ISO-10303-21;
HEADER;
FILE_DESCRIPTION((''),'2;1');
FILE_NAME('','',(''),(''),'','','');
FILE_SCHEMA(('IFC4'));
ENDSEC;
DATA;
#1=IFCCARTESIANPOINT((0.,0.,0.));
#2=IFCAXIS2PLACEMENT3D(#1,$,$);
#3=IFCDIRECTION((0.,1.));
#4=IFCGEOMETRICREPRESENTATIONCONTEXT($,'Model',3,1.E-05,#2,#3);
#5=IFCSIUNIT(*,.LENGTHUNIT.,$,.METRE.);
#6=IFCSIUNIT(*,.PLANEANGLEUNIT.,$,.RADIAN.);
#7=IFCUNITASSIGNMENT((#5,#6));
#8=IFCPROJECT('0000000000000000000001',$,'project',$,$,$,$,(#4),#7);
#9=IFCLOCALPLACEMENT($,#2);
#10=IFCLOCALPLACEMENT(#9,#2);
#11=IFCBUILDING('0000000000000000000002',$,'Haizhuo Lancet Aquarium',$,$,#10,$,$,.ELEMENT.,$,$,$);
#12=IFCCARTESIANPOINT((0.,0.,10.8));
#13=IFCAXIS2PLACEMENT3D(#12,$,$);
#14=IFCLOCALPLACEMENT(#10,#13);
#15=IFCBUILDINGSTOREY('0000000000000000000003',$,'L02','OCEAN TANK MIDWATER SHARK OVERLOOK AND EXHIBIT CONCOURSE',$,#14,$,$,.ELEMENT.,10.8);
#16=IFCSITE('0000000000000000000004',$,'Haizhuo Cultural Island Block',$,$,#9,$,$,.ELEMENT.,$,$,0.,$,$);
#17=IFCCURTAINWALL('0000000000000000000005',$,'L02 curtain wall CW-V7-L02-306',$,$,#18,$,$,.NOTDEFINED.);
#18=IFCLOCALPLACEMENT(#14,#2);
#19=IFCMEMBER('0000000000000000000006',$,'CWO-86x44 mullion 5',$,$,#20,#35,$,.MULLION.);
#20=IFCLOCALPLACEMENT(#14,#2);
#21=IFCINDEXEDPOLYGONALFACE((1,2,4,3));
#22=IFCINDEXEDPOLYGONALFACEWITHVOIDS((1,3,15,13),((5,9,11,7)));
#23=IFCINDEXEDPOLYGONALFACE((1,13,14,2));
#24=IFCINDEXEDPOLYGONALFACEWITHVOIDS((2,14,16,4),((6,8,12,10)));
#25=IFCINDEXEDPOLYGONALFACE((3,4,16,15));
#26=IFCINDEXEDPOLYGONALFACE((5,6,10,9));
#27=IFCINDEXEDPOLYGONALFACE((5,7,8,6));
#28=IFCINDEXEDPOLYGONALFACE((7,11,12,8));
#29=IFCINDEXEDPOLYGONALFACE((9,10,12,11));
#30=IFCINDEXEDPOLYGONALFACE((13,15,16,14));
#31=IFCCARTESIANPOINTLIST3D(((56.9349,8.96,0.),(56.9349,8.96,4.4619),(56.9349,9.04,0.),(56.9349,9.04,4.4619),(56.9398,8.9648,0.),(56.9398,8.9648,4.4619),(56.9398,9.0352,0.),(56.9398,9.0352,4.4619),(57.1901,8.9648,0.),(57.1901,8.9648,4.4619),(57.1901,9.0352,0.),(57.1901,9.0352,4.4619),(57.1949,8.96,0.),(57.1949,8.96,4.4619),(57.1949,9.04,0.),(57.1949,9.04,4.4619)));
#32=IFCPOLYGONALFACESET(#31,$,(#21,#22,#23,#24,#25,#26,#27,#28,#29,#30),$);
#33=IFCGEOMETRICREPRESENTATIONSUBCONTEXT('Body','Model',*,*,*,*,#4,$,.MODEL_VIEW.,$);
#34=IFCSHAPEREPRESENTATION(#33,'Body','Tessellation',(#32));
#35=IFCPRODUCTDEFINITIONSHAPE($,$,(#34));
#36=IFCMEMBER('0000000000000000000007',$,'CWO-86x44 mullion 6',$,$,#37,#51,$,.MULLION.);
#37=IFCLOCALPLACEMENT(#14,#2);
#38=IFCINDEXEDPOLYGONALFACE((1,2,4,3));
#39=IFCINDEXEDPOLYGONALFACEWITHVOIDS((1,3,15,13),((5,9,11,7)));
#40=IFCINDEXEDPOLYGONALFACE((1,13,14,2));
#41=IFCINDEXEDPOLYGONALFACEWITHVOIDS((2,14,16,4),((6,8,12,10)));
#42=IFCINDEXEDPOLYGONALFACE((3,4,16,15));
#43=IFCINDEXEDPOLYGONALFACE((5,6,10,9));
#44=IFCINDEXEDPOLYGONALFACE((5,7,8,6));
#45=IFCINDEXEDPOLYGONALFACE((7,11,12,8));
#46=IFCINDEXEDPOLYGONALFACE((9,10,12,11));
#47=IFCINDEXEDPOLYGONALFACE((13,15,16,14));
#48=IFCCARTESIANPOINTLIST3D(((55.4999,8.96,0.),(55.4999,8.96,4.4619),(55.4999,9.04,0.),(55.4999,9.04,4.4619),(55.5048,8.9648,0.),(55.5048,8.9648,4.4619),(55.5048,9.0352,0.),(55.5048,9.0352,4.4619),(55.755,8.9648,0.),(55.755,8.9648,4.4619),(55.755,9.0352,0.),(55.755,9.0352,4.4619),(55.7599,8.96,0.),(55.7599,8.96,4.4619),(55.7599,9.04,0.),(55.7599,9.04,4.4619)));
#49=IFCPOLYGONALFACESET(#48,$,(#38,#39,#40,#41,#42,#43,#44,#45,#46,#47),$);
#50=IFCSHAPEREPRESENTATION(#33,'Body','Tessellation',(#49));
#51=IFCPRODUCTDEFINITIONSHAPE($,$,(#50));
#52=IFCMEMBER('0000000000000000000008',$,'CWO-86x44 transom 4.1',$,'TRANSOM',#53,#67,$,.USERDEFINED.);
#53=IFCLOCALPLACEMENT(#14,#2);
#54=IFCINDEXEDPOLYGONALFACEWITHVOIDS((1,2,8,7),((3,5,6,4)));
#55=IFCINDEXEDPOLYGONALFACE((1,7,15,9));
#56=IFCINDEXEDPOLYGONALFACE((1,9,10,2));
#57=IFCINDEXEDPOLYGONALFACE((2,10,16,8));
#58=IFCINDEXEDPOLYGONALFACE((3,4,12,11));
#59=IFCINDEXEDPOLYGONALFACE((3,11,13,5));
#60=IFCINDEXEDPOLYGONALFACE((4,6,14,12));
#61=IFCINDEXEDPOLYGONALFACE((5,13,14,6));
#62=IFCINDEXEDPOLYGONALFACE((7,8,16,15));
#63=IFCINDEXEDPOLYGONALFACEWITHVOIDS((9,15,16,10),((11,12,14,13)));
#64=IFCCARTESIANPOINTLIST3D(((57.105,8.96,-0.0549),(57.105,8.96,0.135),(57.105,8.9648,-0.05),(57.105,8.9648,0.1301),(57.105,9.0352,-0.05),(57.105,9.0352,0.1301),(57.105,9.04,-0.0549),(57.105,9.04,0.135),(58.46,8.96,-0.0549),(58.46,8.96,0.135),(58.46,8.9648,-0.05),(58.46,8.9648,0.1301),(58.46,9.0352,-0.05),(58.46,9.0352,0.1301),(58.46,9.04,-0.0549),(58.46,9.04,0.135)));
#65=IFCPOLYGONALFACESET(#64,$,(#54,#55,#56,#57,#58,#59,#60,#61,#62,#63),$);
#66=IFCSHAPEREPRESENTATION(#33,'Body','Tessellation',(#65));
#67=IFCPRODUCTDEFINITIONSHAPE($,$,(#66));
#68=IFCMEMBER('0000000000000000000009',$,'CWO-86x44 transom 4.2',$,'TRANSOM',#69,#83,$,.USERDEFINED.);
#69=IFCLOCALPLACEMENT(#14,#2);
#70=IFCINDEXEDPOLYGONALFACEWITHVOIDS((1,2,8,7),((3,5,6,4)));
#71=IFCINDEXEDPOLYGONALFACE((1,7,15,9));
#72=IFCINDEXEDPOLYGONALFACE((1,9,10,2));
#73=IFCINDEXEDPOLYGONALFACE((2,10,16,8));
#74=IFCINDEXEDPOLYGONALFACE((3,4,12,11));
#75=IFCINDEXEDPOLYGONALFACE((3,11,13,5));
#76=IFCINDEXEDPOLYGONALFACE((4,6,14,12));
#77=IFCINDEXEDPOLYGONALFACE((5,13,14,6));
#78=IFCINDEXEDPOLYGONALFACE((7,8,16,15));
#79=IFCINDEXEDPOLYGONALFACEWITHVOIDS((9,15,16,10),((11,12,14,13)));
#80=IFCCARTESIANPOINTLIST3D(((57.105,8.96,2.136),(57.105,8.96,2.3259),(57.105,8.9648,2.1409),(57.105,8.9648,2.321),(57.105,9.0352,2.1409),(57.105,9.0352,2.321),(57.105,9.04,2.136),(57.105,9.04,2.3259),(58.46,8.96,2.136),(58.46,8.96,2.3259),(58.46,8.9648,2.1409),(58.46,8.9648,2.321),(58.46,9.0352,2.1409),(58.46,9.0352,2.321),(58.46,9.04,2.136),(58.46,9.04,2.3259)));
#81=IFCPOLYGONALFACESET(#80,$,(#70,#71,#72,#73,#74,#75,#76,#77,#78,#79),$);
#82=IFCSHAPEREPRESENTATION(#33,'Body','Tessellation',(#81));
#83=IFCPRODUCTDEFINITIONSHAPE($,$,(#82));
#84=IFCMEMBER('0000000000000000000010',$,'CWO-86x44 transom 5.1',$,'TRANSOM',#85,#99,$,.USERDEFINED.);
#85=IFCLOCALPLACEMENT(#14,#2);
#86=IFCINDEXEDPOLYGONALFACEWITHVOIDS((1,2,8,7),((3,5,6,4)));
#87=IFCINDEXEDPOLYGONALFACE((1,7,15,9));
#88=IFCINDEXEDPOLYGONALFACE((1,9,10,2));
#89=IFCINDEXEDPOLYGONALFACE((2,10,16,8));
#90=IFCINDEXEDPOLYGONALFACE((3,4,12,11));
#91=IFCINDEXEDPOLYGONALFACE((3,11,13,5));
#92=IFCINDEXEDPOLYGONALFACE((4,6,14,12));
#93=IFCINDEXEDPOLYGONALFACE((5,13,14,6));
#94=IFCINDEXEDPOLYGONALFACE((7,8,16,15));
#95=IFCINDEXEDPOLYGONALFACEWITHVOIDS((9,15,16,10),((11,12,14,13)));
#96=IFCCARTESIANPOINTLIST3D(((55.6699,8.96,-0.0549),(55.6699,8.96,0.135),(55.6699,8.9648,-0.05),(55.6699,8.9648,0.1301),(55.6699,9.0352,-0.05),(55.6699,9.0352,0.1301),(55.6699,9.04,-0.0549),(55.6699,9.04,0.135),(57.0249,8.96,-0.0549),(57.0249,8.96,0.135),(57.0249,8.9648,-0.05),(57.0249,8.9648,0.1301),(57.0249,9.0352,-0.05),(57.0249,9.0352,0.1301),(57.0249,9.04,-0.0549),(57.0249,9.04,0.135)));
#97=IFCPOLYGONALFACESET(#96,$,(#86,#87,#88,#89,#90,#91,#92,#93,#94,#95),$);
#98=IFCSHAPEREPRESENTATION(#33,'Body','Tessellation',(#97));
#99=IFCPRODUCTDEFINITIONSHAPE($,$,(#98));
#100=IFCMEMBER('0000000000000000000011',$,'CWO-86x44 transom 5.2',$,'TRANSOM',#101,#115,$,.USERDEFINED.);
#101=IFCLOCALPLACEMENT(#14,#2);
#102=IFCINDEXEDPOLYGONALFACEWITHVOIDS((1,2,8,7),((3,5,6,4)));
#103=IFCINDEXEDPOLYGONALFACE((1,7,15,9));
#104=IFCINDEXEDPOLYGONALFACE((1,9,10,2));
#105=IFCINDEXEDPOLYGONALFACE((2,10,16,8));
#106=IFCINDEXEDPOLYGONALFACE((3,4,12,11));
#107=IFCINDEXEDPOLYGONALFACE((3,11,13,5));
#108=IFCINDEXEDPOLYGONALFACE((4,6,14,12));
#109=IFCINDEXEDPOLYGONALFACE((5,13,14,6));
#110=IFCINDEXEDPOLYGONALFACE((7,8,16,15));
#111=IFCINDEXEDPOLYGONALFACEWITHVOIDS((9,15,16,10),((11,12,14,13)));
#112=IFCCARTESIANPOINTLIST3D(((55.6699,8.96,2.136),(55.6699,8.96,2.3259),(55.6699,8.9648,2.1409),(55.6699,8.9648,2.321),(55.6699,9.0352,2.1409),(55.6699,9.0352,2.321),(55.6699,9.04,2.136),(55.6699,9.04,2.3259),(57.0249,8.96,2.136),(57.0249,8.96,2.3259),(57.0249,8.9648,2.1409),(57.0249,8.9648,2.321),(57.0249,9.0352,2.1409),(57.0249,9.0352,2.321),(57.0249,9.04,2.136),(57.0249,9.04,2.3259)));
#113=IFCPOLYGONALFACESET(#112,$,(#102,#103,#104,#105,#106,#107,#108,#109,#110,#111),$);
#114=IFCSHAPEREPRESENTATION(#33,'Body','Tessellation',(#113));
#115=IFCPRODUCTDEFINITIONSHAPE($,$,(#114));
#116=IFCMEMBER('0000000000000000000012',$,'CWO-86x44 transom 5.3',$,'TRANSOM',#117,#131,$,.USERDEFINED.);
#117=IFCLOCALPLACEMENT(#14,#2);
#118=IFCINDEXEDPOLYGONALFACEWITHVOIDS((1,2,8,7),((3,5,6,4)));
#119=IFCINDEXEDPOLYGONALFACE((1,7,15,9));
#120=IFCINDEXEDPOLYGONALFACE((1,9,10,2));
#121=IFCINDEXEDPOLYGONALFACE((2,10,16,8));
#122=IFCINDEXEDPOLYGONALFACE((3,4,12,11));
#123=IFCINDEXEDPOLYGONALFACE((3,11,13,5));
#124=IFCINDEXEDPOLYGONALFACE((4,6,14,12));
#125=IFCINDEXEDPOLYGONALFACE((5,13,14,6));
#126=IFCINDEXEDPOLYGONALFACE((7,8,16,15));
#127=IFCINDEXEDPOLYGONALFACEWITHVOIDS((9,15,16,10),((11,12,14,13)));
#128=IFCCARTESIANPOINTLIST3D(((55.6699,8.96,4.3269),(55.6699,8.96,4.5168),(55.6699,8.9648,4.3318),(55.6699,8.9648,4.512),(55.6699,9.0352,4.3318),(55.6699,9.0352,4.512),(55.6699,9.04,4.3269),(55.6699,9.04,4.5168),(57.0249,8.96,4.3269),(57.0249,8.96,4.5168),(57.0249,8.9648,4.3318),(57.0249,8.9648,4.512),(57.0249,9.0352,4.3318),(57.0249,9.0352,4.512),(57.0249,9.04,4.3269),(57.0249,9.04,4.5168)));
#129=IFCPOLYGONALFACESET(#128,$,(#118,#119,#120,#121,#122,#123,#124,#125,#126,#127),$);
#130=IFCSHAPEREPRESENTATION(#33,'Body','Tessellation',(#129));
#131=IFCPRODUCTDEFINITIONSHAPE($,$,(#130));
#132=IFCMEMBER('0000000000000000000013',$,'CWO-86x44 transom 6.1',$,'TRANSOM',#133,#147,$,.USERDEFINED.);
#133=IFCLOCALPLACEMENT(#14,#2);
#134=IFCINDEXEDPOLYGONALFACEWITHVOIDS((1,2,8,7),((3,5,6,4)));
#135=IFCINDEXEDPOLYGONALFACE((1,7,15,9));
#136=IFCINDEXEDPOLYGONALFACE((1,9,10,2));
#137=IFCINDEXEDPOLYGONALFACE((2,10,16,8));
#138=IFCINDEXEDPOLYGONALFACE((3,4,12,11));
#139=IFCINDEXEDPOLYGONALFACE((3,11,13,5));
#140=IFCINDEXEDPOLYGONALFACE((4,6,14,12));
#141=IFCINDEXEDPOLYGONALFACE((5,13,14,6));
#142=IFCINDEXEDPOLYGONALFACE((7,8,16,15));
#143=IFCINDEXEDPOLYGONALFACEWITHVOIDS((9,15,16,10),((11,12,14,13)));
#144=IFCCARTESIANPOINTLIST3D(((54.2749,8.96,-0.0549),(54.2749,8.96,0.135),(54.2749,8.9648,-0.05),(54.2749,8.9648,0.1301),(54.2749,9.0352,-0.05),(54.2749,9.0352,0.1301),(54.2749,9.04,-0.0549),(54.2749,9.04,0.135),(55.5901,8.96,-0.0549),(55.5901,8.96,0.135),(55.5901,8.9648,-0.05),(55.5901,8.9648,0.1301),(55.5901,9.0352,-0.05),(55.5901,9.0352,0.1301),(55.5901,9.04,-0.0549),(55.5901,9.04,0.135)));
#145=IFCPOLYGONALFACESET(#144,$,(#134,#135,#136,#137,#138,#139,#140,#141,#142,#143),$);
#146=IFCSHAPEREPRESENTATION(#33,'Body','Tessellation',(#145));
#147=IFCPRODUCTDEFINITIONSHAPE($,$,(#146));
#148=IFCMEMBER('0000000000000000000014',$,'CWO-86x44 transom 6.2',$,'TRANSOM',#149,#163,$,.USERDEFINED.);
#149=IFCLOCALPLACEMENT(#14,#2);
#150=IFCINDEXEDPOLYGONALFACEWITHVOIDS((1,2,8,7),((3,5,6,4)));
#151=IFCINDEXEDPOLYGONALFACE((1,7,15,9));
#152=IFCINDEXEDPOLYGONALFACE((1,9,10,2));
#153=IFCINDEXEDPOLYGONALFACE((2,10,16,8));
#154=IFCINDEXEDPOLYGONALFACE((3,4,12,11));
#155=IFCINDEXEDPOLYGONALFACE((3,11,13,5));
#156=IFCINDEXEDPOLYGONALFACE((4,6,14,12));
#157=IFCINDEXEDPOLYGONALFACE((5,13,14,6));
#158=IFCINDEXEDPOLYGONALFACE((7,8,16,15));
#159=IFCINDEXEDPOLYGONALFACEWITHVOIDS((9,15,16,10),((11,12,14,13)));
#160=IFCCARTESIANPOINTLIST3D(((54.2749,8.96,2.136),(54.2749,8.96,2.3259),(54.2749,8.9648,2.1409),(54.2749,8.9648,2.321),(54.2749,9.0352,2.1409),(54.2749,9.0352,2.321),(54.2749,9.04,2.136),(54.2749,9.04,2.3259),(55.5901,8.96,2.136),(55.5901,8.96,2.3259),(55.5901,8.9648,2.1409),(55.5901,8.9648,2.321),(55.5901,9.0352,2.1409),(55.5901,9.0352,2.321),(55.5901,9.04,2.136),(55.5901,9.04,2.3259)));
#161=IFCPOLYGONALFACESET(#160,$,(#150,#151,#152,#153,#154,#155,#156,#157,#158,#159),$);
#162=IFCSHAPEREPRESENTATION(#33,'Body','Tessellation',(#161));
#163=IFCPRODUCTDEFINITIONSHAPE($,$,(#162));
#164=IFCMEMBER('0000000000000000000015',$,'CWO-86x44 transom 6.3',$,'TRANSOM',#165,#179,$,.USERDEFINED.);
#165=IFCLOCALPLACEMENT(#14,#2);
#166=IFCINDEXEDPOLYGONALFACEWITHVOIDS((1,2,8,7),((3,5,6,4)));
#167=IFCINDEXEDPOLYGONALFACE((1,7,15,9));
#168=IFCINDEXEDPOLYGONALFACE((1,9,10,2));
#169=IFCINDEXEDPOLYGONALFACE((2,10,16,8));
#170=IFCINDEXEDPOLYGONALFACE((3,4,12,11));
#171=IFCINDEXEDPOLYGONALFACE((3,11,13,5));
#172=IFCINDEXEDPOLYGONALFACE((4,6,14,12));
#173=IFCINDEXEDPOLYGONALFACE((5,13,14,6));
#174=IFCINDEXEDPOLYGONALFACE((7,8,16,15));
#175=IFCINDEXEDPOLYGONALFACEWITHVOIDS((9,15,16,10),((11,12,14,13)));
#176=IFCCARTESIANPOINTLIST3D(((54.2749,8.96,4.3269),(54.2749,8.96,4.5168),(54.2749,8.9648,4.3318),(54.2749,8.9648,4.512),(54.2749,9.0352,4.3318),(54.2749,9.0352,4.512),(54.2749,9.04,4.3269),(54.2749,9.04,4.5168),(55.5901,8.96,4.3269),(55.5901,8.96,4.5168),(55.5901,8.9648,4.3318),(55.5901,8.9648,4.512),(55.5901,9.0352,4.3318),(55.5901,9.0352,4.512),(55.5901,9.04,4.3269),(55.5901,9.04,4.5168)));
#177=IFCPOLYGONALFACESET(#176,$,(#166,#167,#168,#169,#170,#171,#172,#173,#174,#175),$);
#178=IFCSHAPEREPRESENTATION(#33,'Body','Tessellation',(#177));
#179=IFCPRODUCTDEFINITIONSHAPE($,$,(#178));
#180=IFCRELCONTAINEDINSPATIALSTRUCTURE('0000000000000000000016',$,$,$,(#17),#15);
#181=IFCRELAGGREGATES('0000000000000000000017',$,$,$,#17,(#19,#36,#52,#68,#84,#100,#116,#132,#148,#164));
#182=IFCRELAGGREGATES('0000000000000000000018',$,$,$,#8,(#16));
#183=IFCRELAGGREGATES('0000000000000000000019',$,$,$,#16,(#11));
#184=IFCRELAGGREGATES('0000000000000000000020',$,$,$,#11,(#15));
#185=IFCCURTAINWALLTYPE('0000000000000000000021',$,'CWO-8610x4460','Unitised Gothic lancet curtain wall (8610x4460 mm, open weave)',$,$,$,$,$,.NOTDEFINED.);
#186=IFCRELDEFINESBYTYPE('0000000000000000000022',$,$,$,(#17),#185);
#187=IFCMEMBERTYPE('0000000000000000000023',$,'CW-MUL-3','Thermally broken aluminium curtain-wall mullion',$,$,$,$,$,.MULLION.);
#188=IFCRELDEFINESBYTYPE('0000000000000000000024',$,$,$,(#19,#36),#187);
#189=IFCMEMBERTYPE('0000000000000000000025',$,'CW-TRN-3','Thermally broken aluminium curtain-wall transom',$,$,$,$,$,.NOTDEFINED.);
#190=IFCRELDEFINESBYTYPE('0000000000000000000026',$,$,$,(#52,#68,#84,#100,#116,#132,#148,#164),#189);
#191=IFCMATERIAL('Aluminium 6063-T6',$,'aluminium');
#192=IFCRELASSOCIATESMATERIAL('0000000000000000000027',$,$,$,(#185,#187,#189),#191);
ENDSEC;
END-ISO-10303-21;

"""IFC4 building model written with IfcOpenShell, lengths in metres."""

from ifc_helpers import new_model, si_unit, direction, frame, origin, origin_2d, place, context, subcontext, project, spatial, hollow_rectangle, extrude, material, material_profile, profile_set, type_object, element, aggregate, save


model = new_model("IFC4")

# Units and contexts
model_context = context("Model", 3, precision=1e-05, world=origin(), true_north=direction((0.0, 1.0)))
body_context = subcontext(model_context, "Body", "Model", "MODEL_VIEW")
ifc_project = project(units=[si_unit("LENGTHUNIT", "METRE"), si_unit("PLANEANGLEUNIT", "RADIAN")], contexts=[model_context])

# Site, building, storey
site_placement = place(None, origin())
site = spatial("IfcSite", under=ifc_project, at=site_placement, Name="Haizhuo Cultural Island Block", CompositionType="ELEMENT", RefElevation=0.0)
building_placement = place(site_placement, origin())
building = spatial("IfcBuilding", under=site, at=building_placement, Name="Haizhuo Lancet Aquarium", CompositionType="ELEMENT")
storey_placement = place(building_placement, frame((0.0, 0.0, 10.8)))
storey = spatial("IfcBuildingStorey", under=building, at=storey_placement, Name="L02", Description="OCEAN TANK MIDWATER SHARK OVERLOOK AND EXHIBIT CONCOURSE", CompositionType="ELEMENT", Elevation=10.8)

# Curtain wall, members
ifc_material_1 = material(Name="Aluminium 6063-T6", Category="aluminium")
curtain_wall_type = type_object("IfcCurtainWallType", Name="CWO-8610x4460", Description="Unitised Gothic lancet curtain wall (8610x4460 mm, open weave)", PredefinedType="NOTDEFINED", material=ifc_material_1)
curtain_wall_placement = place(storey_placement, origin())
curtain_wall = element("IfcCurtainWall", 1, at=curtain_wall_placement, inside=storey, type_object=curtain_wall_type, Name="L02 curtain wall CW-V7-L02-306", PredefinedType="NOTDEFINED")
ifc_material_profile_1 = material_profile(ifc_material_1, hollow_rectangle(XDim=0.0801, YDim=0.26, WallThickness=0.0049, at=origin_2d()), Name="ALU-M 80x260x5")
ifc_profile_set_1 = profile_set([ifc_material_profile_1], Name="Aluminium 6063-T6")
member_type_1 = type_object("IfcMemberType", Name="CW-MUL-3", Description="Thermally broken aluminium curtain-wall mullion", PredefinedType="MULLION", material=ifc_profile_set_1)
member_1_placement = place(storey_placement, frame((57.0649, 9.0, 0.0), z_axis=(0.0, 0.0, 1.0), x_axis=(0.0, -1.0, 0.0)))
member_1 = element("IfcMember", 2, at=member_1_placement, type_object=member_type_1, Name="CWO-86x44 mullion 5", PredefinedType="MULLION", context=body_context, shape_type="SweptSolid", body=[
    extrude(hollow_rectangle(XDim=0.0801, YDim=0.26, WallThickness=0.0049, at=origin_2d()), origin(), (0.0, 0.0, 1.0), 4.4619),
])
member_2_placement = place(storey_placement, frame((55.6299, 9.0, 0.0), z_axis=(0.0, 0.0, 1.0), x_axis=(0.0, -1.0, 0.0)))
member_2 = element("IfcMember", 3, at=member_2_placement, type_object=member_type_1, Name="CWO-86x44 mullion 6", PredefinedType="MULLION", context=body_context, shape_type="SweptSolid", body=[
    extrude(hollow_rectangle(XDim=0.0801, YDim=0.26, WallThickness=0.0049, at=origin_2d()), origin(), (0.0, 0.0, 1.0), 4.4619),
])
ifc_material_profile_2 = material_profile(ifc_material_1, hollow_rectangle(XDim=0.0801, YDim=0.1899, WallThickness=0.0049, at=origin_2d()), Name="ALU-T 80x190x5")
ifc_profile_set_2 = profile_set([ifc_material_profile_2], Name="Aluminium 6063-T6")
member_type_2 = type_object("IfcMemberType", Name="CW-TRN-3", Description="Thermally broken aluminium curtain-wall transom", PredefinedType="NOTDEFINED", material=ifc_profile_set_2)
member_3_placement = place(storey_placement, frame((58.46, 9.0, 0.04), z_axis=(-1.0, 0.0, 0.0), x_axis=(0.0, -1.0, 0.0)))
member_3 = element("IfcMember", 4, at=member_3_placement, type_object=member_type_2, Name="CWO-86x44 transom 4.1", ObjectType="TRANSOM", PredefinedType="USERDEFINED", context=body_context, shape_type="SweptSolid", body=[
    extrude(hollow_rectangle(XDim=0.0801, YDim=0.1899, WallThickness=0.0049, at=origin_2d()), origin(), (0.0, 0.0, 1.0), 1.355),
])
member_4_placement = place(storey_placement, frame((58.46, 9.0, 2.231), z_axis=(-1.0, 0.0, 0.0), x_axis=(0.0, -1.0, 0.0)))
member_4 = element("IfcMember", 5, at=member_4_placement, type_object=member_type_2, Name="CWO-86x44 transom 4.2", ObjectType="TRANSOM", PredefinedType="USERDEFINED", context=body_context, shape_type="SweptSolid", body=[
    extrude(hollow_rectangle(XDim=0.0801, YDim=0.1899, WallThickness=0.0049, at=origin_2d()), origin(), (0.0, 0.0, 1.0), 1.355),
])
member_5_placement = place(storey_placement, frame((57.0249, 9.0, 0.04), z_axis=(-1.0, 0.0, 0.0), x_axis=(0.0, -1.0, 0.0)))
member_5 = element("IfcMember", 6, at=member_5_placement, type_object=member_type_2, Name="CWO-86x44 transom 5.1", ObjectType="TRANSOM", PredefinedType="USERDEFINED", context=body_context, shape_type="SweptSolid", body=[
    extrude(hollow_rectangle(XDim=0.0801, YDim=0.1899, WallThickness=0.0049, at=origin_2d()), origin(), (0.0, 0.0, 1.0), 1.355),
])
member_6_placement = place(storey_placement, frame((57.0249, 9.0, 2.231), z_axis=(-1.0, 0.0, 0.0), x_axis=(0.0, -1.0, 0.0)))
member_6 = element("IfcMember", 7, at=member_6_placement, type_object=member_type_2, Name="CWO-86x44 transom 5.2", ObjectType="TRANSOM", PredefinedType="USERDEFINED", context=body_context, shape_type="SweptSolid", body=[
    extrude(hollow_rectangle(XDim=0.0801, YDim=0.1899, WallThickness=0.0049, at=origin_2d()), origin(), (0.0, 0.0, 1.0), 1.355),
])
member_7_placement = place(storey_placement, frame((57.0249, 9.0, 4.4219), z_axis=(-1.0, 0.0, 0.0), x_axis=(0.0, -1.0, 0.0)))
member_7 = element("IfcMember", 8, at=member_7_placement, type_object=member_type_2, Name="CWO-86x44 transom 5.3", ObjectType="TRANSOM", PredefinedType="USERDEFINED", context=body_context, shape_type="SweptSolid", body=[
    extrude(hollow_rectangle(XDim=0.0801, YDim=0.1899, WallThickness=0.0049, at=origin_2d()), origin(), (0.0, 0.0, 1.0), 1.355),
])
member_8_placement = place(storey_placement, frame((55.5901, 9.0, 0.04), z_axis=(-1.0, 0.0, 0.0), x_axis=(0.0, -1.0, 0.0)))
member_8 = element("IfcMember", 9, at=member_8_placement, type_object=member_type_2, Name="CWO-86x44 transom 6.1", ObjectType="TRANSOM", PredefinedType="USERDEFINED", context=body_context, shape_type="SweptSolid", body=[
    extrude(hollow_rectangle(XDim=0.0801, YDim=0.1899, WallThickness=0.0049, at=origin_2d()), origin(), (0.0, 0.0, 1.0), 1.3152),
])
member_9_placement = place(storey_placement, frame((55.5901, 9.0, 2.231), z_axis=(-1.0, 0.0, 0.0), x_axis=(0.0, -1.0, 0.0)))
member_9 = element("IfcMember", 10, at=member_9_placement, type_object=member_type_2, Name="CWO-86x44 transom 6.2", ObjectType="TRANSOM", PredefinedType="USERDEFINED", context=body_context, shape_type="SweptSolid", body=[
    extrude(hollow_rectangle(XDim=0.0801, YDim=0.1899, WallThickness=0.0049, at=origin_2d()), origin(), (0.0, 0.0, 1.0), 1.3152),
])
member_10_placement = place(storey_placement, frame((55.5901, 9.0, 4.4219), z_axis=(-1.0, 0.0, 0.0), x_axis=(0.0, -1.0, 0.0)))
member_10 = element("IfcMember", 11, at=member_10_placement, type_object=member_type_2, Name="CWO-86x44 transom 6.3", ObjectType="TRANSOM", PredefinedType="USERDEFINED", context=body_context, shape_type="SweptSolid", body=[
    extrude(hollow_rectangle(XDim=0.0801, YDim=0.1899, WallThickness=0.0049, at=origin_2d()), origin(), (0.0, 0.0, 1.0), 1.3152),
])

aggregate(curtain_wall, [member_1, member_2, member_3, member_4, member_5, member_6, member_7, member_8, member_9, member_10])

save(model, "model.ifc")
